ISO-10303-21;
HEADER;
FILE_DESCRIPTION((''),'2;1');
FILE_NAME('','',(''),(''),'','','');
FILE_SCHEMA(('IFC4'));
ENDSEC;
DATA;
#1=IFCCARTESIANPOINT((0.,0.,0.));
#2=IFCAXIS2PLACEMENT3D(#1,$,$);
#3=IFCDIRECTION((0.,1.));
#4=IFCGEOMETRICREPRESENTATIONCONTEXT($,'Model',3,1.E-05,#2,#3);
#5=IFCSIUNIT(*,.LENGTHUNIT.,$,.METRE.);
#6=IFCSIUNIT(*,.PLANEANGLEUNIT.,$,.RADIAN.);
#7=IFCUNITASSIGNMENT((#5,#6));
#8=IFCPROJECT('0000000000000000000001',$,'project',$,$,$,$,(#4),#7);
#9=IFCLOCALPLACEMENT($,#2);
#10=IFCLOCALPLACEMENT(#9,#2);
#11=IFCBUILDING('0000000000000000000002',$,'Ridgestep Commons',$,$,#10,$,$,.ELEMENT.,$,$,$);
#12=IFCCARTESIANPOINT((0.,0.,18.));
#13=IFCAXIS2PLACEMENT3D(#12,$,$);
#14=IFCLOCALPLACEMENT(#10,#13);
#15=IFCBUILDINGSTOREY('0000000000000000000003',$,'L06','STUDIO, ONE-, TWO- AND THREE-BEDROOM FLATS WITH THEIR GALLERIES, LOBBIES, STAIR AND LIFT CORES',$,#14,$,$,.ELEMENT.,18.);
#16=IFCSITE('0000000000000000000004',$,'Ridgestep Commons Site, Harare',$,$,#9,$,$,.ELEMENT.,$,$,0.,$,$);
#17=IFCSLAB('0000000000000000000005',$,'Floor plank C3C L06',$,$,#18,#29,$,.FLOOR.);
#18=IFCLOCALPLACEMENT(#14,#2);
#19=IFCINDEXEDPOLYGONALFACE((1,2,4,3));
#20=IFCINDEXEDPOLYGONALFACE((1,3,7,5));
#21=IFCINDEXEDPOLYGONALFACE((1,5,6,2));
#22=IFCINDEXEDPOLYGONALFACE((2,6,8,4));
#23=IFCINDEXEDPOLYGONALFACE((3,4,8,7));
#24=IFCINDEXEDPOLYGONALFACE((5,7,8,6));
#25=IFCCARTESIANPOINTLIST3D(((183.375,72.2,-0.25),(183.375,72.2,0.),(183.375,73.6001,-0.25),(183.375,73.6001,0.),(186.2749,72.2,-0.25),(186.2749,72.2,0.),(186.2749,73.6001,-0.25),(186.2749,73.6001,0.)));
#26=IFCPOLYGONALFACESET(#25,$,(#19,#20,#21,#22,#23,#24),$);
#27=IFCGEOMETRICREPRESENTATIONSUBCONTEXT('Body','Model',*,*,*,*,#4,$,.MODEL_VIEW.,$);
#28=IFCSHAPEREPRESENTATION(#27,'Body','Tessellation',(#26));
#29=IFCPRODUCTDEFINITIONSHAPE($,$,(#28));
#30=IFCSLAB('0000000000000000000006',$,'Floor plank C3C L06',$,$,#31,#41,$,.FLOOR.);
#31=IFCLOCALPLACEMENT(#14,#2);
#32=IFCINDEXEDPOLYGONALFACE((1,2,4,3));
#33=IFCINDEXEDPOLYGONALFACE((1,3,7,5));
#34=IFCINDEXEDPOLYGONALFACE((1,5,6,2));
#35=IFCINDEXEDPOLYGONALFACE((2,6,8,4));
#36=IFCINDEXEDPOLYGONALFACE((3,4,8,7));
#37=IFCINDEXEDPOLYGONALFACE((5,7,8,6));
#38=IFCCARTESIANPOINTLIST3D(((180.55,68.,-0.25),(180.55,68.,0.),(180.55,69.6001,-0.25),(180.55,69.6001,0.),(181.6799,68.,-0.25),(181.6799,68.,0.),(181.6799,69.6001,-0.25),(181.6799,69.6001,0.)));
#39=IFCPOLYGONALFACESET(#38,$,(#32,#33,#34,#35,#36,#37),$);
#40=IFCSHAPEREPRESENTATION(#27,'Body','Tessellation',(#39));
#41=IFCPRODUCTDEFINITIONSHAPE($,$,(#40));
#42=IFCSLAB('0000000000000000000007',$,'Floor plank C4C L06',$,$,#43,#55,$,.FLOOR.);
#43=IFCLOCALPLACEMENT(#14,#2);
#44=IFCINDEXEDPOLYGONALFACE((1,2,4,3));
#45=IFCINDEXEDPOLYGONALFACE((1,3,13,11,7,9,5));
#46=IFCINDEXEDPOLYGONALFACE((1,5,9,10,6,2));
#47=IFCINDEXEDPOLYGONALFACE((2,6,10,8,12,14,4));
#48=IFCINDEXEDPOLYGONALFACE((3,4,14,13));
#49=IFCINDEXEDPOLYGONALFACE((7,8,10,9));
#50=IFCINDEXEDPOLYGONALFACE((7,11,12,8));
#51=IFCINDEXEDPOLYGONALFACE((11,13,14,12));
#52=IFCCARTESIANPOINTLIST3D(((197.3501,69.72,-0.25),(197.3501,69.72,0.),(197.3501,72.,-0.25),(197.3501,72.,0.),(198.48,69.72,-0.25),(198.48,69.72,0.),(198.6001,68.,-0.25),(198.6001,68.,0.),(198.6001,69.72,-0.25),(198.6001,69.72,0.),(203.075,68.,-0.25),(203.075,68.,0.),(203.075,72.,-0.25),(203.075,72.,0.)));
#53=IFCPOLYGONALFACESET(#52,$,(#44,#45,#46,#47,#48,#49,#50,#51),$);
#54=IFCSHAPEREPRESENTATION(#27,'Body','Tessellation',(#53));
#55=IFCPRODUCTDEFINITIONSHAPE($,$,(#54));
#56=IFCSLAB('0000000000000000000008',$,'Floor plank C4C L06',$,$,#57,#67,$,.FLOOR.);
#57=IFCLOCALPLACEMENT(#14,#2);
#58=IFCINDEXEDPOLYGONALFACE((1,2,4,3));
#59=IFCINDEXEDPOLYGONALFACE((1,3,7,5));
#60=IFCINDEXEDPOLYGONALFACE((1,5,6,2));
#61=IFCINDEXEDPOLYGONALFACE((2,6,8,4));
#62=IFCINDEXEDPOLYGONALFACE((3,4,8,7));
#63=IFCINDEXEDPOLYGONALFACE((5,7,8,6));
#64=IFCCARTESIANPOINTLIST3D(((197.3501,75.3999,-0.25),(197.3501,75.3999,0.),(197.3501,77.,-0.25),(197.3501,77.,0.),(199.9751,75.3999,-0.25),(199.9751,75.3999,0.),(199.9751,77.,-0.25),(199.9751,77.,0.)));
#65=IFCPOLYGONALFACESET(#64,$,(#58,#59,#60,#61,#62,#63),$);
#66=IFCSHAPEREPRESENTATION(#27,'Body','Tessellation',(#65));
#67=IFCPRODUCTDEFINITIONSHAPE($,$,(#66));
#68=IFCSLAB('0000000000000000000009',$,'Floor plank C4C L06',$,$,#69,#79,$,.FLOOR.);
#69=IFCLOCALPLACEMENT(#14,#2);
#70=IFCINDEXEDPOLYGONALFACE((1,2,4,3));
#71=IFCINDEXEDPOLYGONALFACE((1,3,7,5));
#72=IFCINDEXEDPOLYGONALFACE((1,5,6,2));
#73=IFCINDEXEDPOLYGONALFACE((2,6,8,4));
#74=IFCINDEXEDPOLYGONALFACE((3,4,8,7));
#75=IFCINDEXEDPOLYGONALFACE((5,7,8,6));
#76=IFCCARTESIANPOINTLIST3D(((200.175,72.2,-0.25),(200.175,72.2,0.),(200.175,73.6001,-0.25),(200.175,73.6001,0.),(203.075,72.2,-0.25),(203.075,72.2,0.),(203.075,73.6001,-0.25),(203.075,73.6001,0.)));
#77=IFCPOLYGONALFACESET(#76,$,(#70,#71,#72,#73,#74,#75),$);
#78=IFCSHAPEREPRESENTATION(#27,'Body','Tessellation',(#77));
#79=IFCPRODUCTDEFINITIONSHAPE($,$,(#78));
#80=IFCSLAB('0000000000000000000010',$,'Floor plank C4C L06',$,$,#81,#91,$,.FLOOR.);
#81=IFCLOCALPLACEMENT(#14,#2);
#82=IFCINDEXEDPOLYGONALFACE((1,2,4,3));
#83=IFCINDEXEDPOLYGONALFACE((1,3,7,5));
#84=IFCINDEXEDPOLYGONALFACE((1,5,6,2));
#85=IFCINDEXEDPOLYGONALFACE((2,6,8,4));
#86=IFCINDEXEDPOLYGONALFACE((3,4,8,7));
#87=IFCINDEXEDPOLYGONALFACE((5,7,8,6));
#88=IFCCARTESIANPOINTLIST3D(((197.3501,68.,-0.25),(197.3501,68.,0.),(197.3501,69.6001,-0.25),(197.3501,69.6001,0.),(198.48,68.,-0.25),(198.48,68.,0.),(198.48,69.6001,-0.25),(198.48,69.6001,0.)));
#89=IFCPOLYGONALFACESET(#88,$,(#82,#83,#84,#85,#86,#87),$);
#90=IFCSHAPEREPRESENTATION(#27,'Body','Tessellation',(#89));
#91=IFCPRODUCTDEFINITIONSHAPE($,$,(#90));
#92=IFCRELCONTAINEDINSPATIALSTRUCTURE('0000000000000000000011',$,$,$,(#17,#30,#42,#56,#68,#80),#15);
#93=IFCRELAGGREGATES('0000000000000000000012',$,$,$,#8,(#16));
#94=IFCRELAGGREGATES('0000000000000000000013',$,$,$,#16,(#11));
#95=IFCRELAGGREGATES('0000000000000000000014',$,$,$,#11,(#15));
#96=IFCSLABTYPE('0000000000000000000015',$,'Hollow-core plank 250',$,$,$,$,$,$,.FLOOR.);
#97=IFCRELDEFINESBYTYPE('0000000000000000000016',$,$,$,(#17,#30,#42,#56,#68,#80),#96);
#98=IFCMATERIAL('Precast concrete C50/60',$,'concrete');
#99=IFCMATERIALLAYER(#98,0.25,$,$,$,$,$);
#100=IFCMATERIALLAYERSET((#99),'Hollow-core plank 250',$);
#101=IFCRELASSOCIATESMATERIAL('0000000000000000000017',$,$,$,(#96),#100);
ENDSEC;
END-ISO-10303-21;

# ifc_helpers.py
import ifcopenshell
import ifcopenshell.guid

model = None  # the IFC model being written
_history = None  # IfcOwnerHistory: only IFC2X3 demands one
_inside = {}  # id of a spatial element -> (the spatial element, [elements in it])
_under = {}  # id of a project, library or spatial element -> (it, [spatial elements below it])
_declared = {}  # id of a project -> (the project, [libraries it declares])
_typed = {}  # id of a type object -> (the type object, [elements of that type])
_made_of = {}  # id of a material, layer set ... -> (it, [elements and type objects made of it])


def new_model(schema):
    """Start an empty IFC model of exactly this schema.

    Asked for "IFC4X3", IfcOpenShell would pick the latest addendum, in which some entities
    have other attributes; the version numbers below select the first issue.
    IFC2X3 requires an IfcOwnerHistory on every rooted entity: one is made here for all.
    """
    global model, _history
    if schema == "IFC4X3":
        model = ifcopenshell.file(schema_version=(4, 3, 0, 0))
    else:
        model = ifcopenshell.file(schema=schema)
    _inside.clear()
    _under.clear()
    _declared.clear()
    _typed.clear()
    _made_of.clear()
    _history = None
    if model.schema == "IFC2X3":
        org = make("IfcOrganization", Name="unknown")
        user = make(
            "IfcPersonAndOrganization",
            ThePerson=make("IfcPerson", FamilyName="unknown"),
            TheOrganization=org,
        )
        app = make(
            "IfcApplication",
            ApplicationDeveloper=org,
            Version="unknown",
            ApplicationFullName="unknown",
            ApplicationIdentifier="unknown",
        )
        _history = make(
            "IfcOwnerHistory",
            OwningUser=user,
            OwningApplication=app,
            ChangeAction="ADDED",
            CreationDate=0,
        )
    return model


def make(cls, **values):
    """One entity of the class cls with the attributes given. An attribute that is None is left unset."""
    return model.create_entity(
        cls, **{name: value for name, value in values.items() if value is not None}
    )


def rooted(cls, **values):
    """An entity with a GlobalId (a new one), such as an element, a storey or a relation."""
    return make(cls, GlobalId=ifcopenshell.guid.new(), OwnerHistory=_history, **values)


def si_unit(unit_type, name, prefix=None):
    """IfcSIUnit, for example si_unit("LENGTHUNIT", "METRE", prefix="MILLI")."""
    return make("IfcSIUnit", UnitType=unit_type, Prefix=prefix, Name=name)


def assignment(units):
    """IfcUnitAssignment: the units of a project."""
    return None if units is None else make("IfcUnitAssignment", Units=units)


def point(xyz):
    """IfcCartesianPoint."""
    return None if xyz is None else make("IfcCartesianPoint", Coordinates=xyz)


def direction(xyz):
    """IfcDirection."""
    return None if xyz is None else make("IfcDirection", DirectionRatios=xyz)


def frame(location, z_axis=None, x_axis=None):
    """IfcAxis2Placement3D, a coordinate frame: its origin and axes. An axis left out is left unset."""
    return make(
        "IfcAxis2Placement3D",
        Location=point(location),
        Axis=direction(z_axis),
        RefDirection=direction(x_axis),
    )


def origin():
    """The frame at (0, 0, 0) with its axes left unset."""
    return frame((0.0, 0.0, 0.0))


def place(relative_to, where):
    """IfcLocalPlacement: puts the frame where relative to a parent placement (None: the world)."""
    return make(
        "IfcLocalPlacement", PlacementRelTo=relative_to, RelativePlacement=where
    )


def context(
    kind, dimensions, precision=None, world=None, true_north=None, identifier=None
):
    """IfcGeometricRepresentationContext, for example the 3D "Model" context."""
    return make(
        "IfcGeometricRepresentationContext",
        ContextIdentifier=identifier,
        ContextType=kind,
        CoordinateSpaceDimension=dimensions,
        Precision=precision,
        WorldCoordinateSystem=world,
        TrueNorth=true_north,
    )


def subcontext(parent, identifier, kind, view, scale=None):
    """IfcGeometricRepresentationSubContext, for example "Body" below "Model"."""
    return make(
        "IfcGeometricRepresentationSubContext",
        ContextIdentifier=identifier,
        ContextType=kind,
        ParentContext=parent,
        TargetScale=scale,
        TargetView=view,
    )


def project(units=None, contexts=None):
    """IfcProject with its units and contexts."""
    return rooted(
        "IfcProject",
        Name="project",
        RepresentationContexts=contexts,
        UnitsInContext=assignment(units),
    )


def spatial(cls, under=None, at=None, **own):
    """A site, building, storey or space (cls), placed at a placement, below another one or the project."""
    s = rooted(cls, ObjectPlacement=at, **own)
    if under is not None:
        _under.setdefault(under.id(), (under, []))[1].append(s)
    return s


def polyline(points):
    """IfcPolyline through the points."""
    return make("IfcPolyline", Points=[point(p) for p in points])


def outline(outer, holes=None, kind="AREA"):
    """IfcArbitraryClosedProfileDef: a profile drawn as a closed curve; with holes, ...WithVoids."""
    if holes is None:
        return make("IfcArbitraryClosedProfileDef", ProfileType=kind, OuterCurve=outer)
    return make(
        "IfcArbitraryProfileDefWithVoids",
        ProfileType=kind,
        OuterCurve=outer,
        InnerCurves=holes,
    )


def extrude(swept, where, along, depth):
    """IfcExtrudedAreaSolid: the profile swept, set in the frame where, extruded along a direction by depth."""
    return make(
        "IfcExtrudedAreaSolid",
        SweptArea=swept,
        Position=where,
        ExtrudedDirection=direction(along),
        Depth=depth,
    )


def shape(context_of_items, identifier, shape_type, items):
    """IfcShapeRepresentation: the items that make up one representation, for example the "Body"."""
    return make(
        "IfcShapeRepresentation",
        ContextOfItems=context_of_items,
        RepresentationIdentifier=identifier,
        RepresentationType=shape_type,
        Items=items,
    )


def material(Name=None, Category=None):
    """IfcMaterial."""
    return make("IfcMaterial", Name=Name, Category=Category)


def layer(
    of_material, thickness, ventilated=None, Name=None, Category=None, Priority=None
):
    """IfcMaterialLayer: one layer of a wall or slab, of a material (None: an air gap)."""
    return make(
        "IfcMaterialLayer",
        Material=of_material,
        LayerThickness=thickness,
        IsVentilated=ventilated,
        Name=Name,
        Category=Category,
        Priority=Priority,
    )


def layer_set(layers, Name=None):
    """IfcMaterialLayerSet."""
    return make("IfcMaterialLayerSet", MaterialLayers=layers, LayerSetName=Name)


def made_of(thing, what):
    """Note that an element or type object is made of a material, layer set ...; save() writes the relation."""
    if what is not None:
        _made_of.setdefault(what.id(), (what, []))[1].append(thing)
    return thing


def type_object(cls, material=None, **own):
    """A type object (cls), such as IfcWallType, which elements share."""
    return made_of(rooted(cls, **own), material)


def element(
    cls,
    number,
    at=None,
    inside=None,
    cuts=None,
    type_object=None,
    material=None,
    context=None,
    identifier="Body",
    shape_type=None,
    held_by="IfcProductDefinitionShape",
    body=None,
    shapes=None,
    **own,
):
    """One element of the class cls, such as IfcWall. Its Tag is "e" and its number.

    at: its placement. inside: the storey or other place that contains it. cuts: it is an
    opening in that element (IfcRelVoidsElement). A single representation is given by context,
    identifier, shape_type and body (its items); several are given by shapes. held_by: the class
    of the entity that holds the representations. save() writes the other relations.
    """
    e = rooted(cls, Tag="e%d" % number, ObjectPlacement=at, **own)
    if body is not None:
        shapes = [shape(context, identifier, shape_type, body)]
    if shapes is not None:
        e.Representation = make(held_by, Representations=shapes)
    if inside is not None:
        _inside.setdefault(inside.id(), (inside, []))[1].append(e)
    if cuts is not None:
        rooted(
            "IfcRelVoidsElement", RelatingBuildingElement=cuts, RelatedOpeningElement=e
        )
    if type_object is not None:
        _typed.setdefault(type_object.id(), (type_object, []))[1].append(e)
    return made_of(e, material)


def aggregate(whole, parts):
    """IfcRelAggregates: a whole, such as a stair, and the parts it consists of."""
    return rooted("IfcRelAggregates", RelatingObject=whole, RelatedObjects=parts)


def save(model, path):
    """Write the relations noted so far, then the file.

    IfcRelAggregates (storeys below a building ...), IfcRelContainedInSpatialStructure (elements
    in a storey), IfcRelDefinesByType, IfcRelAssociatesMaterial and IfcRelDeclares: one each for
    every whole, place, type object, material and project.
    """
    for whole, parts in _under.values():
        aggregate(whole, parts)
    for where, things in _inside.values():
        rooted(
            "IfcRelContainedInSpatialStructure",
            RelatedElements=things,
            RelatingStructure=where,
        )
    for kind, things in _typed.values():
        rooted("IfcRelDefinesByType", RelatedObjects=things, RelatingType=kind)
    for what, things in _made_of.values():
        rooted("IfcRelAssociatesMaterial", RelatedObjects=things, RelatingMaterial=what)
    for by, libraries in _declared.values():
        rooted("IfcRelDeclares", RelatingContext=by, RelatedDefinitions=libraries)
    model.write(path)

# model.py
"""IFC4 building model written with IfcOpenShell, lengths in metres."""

from ifc_helpers import new_model, si_unit, direction, frame, origin, place, context, subcontext, project, spatial, polyline, outline, extrude, material, layer, layer_set, type_object, element, save


model = new_model("IFC4")

# Units and contexts
model_context = context("Model", 3, precision=1e-05, world=origin(), true_north=direction((0.0, 1.0)))
body_context = subcontext(model_context, "Body", "Model", "MODEL_VIEW")
ifc_project = project(units=[si_unit("LENGTHUNIT", "METRE"), si_unit("PLANEANGLEUNIT", "RADIAN")], contexts=[model_context])

# Site, building, storey
site_placement = place(None, origin())
site = spatial("IfcSite", under=ifc_project, at=site_placement, Name="Ridgestep Commons Site, Harare", CompositionType="ELEMENT", RefElevation=0.0)
building_placement = place(site_placement, origin())
building = spatial("IfcBuilding", under=site, at=building_placement, Name="Ridgestep Commons", CompositionType="ELEMENT")
storey_placement = place(building_placement, frame((0.0, 0.0, 18.0)))
storey = spatial("IfcBuildingStorey", under=building, at=storey_placement, Name="L06", Description="STUDIO, ONE-, TWO- AND THREE-BEDROOM FLATS WITH THEIR GALLERIES, LOBBIES, STAIR AND LIFT CORES", CompositionType="ELEMENT", Elevation=18.0)

# Slabs
ifc_material_1 = material(Name="Precast concrete C50/60", Category="concrete")
ifc_layer_1 = layer(ifc_material_1, 0.25)
ifc_layer_set_1 = layer_set([ifc_layer_1], Name="Hollow-core plank 250")
slab_type_1 = type_object("IfcSlabType", Name="Hollow-core plank 250", PredefinedType="FLOOR", material=ifc_layer_set_1)
slab_1_placement = place(storey_placement, frame((0.0, 0.0, -0.25)))
element("IfcSlab", 1, at=slab_1_placement, inside=storey, type_object=slab_type_1, Name="Floor plank C3C L06", PredefinedType="FLOOR", context=body_context, shape_type="SweptSolid", body=[
    extrude(outline(polyline([(186.2749, 72.2), (186.2749, 73.6001), (183.375, 73.6001), (183.375, 72.2), (186.2749, 72.2)])), origin(), (0.0, 0.0, 1.0), 0.25),
])
slab_2_placement = place(storey_placement, frame((0.0, 0.0, -0.25)))
element("IfcSlab", 2, at=slab_2_placement, inside=storey, type_object=slab_type_1, Name="Floor plank C3C L06", PredefinedType="FLOOR", context=body_context, shape_type="SweptSolid", body=[
    extrude(outline(polyline([(181.6799, 69.6001), (180.55, 69.6001), (180.55, 68.0), (181.6799, 68.0), (181.6799, 69.6001)])), origin(), (0.0, 0.0, 1.0), 0.25),
])
slab_3_placement = place(storey_placement, frame((0.0, 0.0, -0.25)))
element("IfcSlab", 3, at=slab_3_placement, inside=storey, type_object=slab_type_1, Name="Floor plank C4C L06", PredefinedType="FLOOR", context=body_context, shape_type="SweptSolid", body=[
    extrude(outline(polyline([(198.6001, 68.0), (203.075, 68.0), (203.075, 72.0), (197.3501, 72.0), (197.3501, 69.72), (198.48, 69.72), (198.6001, 69.72), (198.6001, 68.0)])), origin(), (0.0, 0.0, 1.0), 0.25),
])
slab_4_placement = place(storey_placement, frame((0.0, 0.0, -0.25)))
element("IfcSlab", 4, at=slab_4_placement, inside=storey, type_object=slab_type_1, Name="Floor plank C4C L06", PredefinedType="FLOOR", context=body_context, shape_type="SweptSolid", body=[
    extrude(outline(polyline([(199.9751, 77.0), (197.3501, 77.0), (197.3501, 75.3999), (199.9751, 75.3999), (199.9751, 77.0)])), origin(), (0.0, 0.0, 1.0), 0.25),
])
slab_5_placement = place(storey_placement, frame((0.0, 0.0, -0.25)))
element("IfcSlab", 5, at=slab_5_placement, inside=storey, type_object=slab_type_1, Name="Floor plank C4C L06", PredefinedType="FLOOR", context=body_context, shape_type="SweptSolid", body=[
    extrude(outline(polyline([(203.075, 72.2), (203.075, 73.6001), (200.175, 73.6001), (200.175, 72.2), (203.075, 72.2)])), origin(), (0.0, 0.0, 1.0), 0.25),
])
slab_6_placement = place(storey_placement, frame((0.0, 0.0, -0.25)))
element("IfcSlab", 6, at=slab_6_placement, inside=storey, type_object=slab_type_1, Name="Floor plank C4C L06", PredefinedType="FLOOR", context=body_context, shape_type="SweptSolid", body=[
    extrude(outline(polyline([(198.48, 69.6001), (197.3501, 69.6001), (197.3501, 68.0), (198.48, 68.0), (198.48, 69.6001)])), origin(), (0.0, 0.0, 1.0), 0.25),
])

save(model, "model.ifc")
